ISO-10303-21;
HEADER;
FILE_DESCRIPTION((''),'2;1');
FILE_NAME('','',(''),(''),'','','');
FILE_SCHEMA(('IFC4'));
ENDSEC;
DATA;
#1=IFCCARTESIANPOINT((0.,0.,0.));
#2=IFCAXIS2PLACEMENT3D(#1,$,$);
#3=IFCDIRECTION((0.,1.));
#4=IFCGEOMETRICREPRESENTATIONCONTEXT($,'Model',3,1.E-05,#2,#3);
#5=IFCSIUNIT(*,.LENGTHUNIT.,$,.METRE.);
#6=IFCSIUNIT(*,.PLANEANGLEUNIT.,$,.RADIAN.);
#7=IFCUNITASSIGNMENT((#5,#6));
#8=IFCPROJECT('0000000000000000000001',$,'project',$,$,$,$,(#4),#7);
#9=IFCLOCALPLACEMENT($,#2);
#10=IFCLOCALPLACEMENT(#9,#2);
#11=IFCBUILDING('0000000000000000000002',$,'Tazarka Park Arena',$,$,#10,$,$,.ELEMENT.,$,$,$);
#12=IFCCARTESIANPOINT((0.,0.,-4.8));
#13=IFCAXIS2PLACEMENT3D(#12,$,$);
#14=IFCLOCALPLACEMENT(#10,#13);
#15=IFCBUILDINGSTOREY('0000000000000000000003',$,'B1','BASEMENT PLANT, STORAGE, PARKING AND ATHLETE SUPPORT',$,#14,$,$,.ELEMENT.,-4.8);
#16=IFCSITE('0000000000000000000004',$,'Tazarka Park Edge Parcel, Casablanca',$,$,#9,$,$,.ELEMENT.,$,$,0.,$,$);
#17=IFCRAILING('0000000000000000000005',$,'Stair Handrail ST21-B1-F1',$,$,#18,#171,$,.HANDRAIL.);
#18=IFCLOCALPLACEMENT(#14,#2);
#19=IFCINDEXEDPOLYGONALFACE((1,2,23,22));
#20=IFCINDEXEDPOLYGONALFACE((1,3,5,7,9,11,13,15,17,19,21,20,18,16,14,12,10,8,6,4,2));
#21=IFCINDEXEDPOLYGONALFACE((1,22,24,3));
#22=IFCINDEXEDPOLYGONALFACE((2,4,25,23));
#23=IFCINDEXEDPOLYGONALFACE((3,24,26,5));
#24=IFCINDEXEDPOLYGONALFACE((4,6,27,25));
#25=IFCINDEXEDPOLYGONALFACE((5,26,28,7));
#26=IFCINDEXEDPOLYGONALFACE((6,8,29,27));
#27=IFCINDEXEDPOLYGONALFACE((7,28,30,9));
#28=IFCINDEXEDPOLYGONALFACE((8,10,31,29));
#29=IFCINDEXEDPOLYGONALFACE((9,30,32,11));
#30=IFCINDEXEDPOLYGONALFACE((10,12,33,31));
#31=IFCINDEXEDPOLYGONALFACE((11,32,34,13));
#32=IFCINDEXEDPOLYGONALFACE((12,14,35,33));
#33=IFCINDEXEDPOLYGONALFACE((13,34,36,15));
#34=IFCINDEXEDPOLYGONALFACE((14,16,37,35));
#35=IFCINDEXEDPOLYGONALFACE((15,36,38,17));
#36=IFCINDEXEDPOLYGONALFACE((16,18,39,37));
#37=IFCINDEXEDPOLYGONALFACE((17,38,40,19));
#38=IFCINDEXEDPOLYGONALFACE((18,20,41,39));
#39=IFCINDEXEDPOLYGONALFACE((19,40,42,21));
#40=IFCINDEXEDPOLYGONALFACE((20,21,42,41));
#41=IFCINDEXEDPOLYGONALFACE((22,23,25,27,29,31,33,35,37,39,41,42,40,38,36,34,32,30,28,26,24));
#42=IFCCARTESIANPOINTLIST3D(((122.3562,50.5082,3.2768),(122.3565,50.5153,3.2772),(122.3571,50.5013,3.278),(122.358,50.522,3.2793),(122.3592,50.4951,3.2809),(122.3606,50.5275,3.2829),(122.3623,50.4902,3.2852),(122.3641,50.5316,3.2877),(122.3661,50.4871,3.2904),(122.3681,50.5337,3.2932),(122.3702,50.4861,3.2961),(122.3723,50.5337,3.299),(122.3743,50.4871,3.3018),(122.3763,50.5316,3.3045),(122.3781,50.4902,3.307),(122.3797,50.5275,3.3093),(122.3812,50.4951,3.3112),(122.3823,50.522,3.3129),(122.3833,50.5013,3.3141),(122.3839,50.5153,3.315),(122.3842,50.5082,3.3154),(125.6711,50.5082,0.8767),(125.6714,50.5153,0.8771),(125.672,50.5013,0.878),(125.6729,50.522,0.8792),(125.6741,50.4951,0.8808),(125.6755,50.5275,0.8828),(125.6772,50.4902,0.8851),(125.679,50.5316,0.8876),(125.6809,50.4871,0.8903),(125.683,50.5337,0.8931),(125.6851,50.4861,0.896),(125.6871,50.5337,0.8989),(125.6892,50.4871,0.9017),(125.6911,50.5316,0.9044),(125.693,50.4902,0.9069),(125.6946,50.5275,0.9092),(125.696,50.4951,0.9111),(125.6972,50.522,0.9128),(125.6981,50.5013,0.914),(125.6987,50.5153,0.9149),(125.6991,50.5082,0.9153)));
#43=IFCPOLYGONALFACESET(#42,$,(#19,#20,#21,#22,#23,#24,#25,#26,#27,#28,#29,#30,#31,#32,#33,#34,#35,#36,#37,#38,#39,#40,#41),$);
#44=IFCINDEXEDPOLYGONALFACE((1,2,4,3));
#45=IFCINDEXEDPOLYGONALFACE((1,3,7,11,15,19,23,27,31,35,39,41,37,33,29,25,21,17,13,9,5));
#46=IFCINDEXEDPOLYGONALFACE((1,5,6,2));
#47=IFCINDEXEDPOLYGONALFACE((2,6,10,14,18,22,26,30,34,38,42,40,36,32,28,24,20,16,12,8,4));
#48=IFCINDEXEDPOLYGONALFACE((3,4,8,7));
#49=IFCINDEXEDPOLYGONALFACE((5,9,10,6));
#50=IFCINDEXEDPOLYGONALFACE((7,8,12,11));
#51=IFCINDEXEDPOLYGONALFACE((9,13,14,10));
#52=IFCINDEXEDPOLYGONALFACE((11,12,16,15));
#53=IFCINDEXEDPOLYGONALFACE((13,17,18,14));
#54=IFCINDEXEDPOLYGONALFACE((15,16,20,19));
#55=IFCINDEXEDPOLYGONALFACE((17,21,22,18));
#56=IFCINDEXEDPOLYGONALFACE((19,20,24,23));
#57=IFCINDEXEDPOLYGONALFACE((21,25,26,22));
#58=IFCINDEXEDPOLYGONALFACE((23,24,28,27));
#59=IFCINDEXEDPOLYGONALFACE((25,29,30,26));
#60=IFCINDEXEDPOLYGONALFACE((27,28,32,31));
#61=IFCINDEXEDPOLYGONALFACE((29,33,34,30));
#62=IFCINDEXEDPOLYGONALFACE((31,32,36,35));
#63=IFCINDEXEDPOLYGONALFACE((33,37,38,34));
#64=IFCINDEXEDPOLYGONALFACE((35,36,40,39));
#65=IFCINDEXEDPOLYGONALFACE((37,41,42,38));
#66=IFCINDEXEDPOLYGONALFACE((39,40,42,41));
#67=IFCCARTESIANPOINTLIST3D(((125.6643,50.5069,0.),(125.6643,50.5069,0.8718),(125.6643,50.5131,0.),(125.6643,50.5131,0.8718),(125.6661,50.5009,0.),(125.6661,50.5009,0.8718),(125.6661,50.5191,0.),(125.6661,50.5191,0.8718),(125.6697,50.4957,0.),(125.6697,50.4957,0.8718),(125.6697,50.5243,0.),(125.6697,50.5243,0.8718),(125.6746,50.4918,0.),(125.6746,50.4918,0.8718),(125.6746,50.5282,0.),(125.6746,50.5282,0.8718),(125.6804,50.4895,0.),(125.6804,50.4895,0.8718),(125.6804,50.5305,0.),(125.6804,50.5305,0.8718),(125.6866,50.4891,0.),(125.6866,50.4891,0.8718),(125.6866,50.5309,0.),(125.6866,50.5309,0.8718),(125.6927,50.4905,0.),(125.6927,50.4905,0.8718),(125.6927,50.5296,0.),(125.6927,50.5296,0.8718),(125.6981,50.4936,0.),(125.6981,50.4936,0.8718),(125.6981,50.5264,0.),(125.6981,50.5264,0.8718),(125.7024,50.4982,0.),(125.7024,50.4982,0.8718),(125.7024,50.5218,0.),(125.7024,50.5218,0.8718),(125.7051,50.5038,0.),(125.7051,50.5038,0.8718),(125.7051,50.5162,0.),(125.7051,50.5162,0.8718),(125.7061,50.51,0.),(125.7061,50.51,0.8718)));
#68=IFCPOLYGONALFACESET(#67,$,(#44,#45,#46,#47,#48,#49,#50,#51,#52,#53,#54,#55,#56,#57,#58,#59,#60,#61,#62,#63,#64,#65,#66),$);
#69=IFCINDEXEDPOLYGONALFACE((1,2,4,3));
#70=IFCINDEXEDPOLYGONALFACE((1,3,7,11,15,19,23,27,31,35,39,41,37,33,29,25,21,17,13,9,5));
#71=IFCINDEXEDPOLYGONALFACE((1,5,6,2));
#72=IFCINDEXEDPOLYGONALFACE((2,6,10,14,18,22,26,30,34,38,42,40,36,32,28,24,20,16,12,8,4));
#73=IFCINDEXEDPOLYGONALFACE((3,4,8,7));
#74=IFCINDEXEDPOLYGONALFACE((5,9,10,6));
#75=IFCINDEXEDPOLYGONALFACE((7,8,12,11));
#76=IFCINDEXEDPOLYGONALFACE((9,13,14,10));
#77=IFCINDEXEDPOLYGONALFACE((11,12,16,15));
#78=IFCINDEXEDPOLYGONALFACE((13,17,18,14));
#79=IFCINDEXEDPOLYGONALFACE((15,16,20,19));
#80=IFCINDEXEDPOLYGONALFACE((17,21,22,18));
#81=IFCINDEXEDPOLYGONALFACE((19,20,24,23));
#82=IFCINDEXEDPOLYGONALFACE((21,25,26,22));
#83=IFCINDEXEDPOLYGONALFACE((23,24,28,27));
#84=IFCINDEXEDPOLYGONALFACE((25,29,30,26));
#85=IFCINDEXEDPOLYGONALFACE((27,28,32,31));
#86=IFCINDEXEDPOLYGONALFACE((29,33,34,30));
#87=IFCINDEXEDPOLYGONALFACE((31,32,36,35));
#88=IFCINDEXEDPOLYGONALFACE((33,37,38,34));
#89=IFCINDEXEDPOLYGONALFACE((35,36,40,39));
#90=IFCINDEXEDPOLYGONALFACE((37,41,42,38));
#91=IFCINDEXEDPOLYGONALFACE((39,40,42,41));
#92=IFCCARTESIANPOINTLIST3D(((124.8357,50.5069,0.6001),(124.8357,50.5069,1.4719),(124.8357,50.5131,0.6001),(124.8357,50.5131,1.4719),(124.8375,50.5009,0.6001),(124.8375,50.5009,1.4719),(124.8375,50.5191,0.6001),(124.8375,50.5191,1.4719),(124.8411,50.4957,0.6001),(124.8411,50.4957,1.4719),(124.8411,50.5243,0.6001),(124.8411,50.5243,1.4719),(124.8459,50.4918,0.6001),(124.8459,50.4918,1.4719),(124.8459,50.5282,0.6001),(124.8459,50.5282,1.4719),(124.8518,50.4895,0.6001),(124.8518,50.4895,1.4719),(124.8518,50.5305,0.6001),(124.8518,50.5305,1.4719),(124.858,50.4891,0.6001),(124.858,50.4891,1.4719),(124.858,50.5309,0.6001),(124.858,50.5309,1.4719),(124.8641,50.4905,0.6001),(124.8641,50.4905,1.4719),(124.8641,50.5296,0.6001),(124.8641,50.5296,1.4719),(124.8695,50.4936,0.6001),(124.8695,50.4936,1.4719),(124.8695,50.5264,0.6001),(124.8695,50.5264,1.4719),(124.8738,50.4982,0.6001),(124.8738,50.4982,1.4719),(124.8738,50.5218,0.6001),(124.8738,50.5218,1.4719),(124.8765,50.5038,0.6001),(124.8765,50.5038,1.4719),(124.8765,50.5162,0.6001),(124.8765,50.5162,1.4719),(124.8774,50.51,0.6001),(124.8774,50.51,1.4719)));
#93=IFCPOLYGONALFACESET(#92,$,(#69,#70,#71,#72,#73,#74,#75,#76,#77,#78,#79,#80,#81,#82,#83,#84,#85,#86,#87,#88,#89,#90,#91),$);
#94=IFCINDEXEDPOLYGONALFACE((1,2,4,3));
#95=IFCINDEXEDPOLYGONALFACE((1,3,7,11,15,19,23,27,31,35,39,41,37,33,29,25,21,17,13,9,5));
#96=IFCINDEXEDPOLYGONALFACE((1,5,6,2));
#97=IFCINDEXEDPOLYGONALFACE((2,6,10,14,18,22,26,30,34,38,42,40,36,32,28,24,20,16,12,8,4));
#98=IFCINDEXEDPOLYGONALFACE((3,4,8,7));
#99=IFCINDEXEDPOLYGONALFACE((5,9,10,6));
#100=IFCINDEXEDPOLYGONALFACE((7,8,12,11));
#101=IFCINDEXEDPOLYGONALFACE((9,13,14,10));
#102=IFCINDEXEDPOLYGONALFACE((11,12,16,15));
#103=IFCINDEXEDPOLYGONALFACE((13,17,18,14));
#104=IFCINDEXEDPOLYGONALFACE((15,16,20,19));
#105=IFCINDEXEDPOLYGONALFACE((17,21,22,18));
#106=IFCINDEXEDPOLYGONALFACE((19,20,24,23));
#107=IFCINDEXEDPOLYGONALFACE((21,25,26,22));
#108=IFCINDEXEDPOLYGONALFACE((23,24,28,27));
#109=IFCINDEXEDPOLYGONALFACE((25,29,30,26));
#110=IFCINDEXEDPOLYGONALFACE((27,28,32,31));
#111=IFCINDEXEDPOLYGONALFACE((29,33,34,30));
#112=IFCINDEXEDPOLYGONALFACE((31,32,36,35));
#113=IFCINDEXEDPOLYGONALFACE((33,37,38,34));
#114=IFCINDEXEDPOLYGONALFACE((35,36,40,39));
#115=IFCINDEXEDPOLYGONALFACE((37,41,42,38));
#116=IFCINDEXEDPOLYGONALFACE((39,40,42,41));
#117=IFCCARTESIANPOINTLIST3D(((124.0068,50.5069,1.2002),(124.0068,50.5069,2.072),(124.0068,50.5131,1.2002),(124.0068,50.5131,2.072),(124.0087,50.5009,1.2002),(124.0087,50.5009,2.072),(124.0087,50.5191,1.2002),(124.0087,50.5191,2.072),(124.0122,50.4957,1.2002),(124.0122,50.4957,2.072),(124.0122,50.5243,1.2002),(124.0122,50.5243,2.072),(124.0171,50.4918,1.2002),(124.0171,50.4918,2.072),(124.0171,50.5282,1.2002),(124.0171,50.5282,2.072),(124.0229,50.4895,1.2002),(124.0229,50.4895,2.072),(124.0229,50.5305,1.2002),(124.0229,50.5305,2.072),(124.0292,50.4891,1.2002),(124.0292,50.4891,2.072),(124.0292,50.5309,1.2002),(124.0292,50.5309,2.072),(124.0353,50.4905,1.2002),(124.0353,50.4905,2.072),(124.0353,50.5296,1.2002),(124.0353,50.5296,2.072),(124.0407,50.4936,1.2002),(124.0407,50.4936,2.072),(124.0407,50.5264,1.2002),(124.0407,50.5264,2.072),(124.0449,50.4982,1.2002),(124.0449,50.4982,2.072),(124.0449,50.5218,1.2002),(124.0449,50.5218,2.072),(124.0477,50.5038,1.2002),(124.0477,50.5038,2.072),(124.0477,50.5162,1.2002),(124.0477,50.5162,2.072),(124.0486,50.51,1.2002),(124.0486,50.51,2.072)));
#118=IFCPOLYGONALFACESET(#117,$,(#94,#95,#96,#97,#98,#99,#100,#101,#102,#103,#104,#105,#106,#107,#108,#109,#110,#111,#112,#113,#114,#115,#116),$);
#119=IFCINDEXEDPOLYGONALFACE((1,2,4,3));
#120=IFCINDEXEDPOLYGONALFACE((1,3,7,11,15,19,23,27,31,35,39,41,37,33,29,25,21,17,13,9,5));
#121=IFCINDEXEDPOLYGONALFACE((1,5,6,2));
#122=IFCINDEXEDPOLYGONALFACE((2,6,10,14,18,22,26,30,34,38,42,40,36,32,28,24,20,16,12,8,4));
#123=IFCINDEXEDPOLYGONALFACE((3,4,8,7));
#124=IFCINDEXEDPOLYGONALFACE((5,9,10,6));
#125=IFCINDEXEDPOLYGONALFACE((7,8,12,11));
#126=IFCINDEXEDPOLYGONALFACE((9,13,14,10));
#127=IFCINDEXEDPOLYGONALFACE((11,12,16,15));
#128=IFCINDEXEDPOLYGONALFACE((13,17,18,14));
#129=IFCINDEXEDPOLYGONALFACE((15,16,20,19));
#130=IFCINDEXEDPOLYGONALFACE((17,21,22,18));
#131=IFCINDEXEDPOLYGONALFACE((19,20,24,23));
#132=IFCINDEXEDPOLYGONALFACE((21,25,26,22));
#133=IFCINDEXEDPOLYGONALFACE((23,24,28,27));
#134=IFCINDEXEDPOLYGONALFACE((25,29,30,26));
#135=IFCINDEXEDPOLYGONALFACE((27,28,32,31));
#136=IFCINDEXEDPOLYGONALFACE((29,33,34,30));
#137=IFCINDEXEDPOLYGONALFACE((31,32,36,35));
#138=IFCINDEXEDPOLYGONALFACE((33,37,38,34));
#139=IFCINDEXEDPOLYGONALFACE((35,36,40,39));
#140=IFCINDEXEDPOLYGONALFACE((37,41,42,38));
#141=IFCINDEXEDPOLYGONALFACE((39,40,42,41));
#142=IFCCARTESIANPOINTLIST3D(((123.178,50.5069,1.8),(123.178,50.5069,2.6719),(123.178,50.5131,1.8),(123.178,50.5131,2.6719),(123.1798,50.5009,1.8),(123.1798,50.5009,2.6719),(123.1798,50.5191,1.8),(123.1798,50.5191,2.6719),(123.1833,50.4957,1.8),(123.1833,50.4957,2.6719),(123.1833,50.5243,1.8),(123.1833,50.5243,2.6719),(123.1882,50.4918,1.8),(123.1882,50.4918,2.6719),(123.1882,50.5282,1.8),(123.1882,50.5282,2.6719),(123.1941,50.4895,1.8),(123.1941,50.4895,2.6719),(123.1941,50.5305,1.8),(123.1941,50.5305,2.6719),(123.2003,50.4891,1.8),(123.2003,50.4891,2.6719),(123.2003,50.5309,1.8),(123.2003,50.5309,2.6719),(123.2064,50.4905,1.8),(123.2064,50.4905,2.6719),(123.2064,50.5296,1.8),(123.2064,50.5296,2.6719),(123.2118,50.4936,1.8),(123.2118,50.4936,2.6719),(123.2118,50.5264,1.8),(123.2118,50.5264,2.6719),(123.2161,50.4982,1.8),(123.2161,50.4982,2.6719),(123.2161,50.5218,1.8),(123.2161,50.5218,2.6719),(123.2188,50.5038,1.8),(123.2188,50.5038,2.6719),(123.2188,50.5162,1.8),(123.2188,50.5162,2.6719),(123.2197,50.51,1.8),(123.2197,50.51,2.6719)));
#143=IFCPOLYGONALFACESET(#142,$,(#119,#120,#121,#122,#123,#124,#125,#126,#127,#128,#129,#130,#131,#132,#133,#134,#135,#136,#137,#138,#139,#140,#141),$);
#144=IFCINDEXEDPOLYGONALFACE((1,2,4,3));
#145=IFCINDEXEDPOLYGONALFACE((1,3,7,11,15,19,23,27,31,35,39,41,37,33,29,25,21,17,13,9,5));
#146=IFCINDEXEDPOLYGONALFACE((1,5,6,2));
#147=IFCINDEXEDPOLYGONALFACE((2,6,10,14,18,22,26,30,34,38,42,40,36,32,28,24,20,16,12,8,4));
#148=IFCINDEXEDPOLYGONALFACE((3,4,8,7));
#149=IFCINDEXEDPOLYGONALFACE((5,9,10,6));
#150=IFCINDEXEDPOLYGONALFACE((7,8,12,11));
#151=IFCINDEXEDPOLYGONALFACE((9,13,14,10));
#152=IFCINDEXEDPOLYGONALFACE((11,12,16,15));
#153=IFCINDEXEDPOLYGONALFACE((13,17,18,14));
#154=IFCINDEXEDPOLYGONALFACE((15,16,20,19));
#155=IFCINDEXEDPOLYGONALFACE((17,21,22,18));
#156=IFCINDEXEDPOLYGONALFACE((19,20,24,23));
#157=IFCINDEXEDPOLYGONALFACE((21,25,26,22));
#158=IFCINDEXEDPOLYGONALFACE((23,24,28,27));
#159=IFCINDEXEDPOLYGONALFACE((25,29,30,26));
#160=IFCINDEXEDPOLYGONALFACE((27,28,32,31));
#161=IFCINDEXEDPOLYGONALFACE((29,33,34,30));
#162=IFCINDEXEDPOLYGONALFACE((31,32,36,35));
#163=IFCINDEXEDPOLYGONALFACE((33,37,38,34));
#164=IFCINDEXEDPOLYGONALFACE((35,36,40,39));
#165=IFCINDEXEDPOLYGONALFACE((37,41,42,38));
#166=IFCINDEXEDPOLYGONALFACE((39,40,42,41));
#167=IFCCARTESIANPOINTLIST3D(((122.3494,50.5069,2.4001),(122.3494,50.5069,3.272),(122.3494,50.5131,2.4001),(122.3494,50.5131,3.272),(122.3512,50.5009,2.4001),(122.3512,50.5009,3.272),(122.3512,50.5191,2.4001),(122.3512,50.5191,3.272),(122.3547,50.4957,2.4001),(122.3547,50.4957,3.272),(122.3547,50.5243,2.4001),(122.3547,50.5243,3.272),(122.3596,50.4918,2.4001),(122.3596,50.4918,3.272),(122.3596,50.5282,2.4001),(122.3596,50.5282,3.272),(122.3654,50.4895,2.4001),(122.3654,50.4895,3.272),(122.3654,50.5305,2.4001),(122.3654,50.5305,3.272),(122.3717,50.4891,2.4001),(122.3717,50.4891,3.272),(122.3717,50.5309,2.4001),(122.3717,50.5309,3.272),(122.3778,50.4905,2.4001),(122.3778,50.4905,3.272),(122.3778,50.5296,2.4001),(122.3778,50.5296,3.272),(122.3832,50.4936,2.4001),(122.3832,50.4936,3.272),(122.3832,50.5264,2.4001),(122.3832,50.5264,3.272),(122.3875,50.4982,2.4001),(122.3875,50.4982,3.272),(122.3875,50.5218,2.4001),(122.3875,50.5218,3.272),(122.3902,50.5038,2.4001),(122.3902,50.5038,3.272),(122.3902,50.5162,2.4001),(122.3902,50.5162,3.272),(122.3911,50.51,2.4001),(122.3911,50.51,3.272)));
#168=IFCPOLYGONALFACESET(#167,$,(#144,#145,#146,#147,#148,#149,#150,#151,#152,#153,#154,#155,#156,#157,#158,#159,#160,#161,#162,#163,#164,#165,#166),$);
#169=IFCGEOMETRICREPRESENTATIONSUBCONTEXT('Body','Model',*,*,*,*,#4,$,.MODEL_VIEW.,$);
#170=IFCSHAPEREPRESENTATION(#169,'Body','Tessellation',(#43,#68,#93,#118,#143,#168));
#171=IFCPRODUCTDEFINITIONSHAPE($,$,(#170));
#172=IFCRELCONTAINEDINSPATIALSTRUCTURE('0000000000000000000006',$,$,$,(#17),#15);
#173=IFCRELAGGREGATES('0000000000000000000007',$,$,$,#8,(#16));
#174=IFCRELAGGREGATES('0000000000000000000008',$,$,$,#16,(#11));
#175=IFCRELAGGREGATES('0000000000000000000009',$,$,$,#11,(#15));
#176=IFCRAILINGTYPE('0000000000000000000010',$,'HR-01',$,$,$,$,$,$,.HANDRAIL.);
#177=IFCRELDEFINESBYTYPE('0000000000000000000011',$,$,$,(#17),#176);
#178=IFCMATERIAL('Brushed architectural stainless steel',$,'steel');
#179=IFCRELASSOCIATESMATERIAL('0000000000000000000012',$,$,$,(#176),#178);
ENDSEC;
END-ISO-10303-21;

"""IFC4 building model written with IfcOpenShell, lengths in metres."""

from ifc_helpers import new_model, si_unit, direction, frame, origin, origin_2d, place, context, subcontext, project, spatial, circle, extrude, material, type_object, element, save


model = new_model("IFC4")

# Units and contexts
model_context = context("Model", 3, precision=1e-05, world=origin(), true_north=direction((0.0, 1.0)))
body_context = subcontext(model_context, "Body", "Model", "MODEL_VIEW")
ifc_project = project(units=[si_unit("LENGTHUNIT", "METRE"), si_unit("PLANEANGLEUNIT", "RADIAN")], contexts=[model_context])

# Site, building, storey
site_placement = place(None, origin())
site = spatial("IfcSite", under=ifc_project, at=site_placement, Name="Tazarka Park Edge Parcel, Casablanca", CompositionType="ELEMENT", RefElevation=0.0)
building_placement = place(site_placement, origin())
building = spatial("IfcBuilding", under=site, at=building_placement, Name="Tazarka Park Arena", CompositionType="ELEMENT")
storey_placement = place(building_placement, frame((0.0, 0.0, -4.8)))
storey = spatial("IfcBuildingStorey", under=building, at=storey_placement, Name="B1", Description="BASEMENT PLANT, STORAGE, PARKING AND ATHLETE SUPPORT", CompositionType="ELEMENT", Elevation=-4.8)

# Railing
ifc_material_1 = material(Name="Brushed architectural stainless steel", Category="steel")
railing_type_1 = type_object("IfcRailingType", Name="HR-01", PredefinedType="HANDRAIL", material=ifc_material_1)
railing_1_placement = place(storey_placement, frame((125.6851, 50.51, 0.0)))
element("IfcRailing", 1, at=railing_1_placement, inside=storey, type_object=railing_type_1, Name="Stair Handrail ST21-B1-F1", PredefinedType="HANDRAIL", context=body_context, shape_type="SweptSolid", body=[
    extrude(circle(Radius=0.0239, at=origin_2d()), frame((0.0, 0.0, 0.896), z_axis=(-0.80998, 0.0, 0.586457), x_axis=(0.0, -1.0, 0.0)), (0.0, 0.0, 1.0), 4.0925),
    extrude(circle(Radius=0.021, at=origin_2d()), origin(), (0.0, 0.0, 1.0), 0.8718),
    extrude(circle(Radius=0.021, at=origin_2d()), frame((-0.8286, 0.0, 0.6001)), (0.0, 0.0, 1.0), 0.8718),
    extrude(circle(Radius=0.021, at=origin_2d()), frame((-1.6575, 0.0, 1.2002)), (0.0, 0.0, 1.0), 0.8718),
    extrude(circle(Radius=0.021, at=origin_2d()), frame((-2.4863, 0.0, 1.8)), (0.0, 0.0, 1.0), 0.8718),
    extrude(circle(Radius=0.021, at=origin_2d()), frame((-3.3149, 0.0, 2.4001)), (0.0, 0.0, 1.0), 0.8718),
])

save(model, "model.ifc")
